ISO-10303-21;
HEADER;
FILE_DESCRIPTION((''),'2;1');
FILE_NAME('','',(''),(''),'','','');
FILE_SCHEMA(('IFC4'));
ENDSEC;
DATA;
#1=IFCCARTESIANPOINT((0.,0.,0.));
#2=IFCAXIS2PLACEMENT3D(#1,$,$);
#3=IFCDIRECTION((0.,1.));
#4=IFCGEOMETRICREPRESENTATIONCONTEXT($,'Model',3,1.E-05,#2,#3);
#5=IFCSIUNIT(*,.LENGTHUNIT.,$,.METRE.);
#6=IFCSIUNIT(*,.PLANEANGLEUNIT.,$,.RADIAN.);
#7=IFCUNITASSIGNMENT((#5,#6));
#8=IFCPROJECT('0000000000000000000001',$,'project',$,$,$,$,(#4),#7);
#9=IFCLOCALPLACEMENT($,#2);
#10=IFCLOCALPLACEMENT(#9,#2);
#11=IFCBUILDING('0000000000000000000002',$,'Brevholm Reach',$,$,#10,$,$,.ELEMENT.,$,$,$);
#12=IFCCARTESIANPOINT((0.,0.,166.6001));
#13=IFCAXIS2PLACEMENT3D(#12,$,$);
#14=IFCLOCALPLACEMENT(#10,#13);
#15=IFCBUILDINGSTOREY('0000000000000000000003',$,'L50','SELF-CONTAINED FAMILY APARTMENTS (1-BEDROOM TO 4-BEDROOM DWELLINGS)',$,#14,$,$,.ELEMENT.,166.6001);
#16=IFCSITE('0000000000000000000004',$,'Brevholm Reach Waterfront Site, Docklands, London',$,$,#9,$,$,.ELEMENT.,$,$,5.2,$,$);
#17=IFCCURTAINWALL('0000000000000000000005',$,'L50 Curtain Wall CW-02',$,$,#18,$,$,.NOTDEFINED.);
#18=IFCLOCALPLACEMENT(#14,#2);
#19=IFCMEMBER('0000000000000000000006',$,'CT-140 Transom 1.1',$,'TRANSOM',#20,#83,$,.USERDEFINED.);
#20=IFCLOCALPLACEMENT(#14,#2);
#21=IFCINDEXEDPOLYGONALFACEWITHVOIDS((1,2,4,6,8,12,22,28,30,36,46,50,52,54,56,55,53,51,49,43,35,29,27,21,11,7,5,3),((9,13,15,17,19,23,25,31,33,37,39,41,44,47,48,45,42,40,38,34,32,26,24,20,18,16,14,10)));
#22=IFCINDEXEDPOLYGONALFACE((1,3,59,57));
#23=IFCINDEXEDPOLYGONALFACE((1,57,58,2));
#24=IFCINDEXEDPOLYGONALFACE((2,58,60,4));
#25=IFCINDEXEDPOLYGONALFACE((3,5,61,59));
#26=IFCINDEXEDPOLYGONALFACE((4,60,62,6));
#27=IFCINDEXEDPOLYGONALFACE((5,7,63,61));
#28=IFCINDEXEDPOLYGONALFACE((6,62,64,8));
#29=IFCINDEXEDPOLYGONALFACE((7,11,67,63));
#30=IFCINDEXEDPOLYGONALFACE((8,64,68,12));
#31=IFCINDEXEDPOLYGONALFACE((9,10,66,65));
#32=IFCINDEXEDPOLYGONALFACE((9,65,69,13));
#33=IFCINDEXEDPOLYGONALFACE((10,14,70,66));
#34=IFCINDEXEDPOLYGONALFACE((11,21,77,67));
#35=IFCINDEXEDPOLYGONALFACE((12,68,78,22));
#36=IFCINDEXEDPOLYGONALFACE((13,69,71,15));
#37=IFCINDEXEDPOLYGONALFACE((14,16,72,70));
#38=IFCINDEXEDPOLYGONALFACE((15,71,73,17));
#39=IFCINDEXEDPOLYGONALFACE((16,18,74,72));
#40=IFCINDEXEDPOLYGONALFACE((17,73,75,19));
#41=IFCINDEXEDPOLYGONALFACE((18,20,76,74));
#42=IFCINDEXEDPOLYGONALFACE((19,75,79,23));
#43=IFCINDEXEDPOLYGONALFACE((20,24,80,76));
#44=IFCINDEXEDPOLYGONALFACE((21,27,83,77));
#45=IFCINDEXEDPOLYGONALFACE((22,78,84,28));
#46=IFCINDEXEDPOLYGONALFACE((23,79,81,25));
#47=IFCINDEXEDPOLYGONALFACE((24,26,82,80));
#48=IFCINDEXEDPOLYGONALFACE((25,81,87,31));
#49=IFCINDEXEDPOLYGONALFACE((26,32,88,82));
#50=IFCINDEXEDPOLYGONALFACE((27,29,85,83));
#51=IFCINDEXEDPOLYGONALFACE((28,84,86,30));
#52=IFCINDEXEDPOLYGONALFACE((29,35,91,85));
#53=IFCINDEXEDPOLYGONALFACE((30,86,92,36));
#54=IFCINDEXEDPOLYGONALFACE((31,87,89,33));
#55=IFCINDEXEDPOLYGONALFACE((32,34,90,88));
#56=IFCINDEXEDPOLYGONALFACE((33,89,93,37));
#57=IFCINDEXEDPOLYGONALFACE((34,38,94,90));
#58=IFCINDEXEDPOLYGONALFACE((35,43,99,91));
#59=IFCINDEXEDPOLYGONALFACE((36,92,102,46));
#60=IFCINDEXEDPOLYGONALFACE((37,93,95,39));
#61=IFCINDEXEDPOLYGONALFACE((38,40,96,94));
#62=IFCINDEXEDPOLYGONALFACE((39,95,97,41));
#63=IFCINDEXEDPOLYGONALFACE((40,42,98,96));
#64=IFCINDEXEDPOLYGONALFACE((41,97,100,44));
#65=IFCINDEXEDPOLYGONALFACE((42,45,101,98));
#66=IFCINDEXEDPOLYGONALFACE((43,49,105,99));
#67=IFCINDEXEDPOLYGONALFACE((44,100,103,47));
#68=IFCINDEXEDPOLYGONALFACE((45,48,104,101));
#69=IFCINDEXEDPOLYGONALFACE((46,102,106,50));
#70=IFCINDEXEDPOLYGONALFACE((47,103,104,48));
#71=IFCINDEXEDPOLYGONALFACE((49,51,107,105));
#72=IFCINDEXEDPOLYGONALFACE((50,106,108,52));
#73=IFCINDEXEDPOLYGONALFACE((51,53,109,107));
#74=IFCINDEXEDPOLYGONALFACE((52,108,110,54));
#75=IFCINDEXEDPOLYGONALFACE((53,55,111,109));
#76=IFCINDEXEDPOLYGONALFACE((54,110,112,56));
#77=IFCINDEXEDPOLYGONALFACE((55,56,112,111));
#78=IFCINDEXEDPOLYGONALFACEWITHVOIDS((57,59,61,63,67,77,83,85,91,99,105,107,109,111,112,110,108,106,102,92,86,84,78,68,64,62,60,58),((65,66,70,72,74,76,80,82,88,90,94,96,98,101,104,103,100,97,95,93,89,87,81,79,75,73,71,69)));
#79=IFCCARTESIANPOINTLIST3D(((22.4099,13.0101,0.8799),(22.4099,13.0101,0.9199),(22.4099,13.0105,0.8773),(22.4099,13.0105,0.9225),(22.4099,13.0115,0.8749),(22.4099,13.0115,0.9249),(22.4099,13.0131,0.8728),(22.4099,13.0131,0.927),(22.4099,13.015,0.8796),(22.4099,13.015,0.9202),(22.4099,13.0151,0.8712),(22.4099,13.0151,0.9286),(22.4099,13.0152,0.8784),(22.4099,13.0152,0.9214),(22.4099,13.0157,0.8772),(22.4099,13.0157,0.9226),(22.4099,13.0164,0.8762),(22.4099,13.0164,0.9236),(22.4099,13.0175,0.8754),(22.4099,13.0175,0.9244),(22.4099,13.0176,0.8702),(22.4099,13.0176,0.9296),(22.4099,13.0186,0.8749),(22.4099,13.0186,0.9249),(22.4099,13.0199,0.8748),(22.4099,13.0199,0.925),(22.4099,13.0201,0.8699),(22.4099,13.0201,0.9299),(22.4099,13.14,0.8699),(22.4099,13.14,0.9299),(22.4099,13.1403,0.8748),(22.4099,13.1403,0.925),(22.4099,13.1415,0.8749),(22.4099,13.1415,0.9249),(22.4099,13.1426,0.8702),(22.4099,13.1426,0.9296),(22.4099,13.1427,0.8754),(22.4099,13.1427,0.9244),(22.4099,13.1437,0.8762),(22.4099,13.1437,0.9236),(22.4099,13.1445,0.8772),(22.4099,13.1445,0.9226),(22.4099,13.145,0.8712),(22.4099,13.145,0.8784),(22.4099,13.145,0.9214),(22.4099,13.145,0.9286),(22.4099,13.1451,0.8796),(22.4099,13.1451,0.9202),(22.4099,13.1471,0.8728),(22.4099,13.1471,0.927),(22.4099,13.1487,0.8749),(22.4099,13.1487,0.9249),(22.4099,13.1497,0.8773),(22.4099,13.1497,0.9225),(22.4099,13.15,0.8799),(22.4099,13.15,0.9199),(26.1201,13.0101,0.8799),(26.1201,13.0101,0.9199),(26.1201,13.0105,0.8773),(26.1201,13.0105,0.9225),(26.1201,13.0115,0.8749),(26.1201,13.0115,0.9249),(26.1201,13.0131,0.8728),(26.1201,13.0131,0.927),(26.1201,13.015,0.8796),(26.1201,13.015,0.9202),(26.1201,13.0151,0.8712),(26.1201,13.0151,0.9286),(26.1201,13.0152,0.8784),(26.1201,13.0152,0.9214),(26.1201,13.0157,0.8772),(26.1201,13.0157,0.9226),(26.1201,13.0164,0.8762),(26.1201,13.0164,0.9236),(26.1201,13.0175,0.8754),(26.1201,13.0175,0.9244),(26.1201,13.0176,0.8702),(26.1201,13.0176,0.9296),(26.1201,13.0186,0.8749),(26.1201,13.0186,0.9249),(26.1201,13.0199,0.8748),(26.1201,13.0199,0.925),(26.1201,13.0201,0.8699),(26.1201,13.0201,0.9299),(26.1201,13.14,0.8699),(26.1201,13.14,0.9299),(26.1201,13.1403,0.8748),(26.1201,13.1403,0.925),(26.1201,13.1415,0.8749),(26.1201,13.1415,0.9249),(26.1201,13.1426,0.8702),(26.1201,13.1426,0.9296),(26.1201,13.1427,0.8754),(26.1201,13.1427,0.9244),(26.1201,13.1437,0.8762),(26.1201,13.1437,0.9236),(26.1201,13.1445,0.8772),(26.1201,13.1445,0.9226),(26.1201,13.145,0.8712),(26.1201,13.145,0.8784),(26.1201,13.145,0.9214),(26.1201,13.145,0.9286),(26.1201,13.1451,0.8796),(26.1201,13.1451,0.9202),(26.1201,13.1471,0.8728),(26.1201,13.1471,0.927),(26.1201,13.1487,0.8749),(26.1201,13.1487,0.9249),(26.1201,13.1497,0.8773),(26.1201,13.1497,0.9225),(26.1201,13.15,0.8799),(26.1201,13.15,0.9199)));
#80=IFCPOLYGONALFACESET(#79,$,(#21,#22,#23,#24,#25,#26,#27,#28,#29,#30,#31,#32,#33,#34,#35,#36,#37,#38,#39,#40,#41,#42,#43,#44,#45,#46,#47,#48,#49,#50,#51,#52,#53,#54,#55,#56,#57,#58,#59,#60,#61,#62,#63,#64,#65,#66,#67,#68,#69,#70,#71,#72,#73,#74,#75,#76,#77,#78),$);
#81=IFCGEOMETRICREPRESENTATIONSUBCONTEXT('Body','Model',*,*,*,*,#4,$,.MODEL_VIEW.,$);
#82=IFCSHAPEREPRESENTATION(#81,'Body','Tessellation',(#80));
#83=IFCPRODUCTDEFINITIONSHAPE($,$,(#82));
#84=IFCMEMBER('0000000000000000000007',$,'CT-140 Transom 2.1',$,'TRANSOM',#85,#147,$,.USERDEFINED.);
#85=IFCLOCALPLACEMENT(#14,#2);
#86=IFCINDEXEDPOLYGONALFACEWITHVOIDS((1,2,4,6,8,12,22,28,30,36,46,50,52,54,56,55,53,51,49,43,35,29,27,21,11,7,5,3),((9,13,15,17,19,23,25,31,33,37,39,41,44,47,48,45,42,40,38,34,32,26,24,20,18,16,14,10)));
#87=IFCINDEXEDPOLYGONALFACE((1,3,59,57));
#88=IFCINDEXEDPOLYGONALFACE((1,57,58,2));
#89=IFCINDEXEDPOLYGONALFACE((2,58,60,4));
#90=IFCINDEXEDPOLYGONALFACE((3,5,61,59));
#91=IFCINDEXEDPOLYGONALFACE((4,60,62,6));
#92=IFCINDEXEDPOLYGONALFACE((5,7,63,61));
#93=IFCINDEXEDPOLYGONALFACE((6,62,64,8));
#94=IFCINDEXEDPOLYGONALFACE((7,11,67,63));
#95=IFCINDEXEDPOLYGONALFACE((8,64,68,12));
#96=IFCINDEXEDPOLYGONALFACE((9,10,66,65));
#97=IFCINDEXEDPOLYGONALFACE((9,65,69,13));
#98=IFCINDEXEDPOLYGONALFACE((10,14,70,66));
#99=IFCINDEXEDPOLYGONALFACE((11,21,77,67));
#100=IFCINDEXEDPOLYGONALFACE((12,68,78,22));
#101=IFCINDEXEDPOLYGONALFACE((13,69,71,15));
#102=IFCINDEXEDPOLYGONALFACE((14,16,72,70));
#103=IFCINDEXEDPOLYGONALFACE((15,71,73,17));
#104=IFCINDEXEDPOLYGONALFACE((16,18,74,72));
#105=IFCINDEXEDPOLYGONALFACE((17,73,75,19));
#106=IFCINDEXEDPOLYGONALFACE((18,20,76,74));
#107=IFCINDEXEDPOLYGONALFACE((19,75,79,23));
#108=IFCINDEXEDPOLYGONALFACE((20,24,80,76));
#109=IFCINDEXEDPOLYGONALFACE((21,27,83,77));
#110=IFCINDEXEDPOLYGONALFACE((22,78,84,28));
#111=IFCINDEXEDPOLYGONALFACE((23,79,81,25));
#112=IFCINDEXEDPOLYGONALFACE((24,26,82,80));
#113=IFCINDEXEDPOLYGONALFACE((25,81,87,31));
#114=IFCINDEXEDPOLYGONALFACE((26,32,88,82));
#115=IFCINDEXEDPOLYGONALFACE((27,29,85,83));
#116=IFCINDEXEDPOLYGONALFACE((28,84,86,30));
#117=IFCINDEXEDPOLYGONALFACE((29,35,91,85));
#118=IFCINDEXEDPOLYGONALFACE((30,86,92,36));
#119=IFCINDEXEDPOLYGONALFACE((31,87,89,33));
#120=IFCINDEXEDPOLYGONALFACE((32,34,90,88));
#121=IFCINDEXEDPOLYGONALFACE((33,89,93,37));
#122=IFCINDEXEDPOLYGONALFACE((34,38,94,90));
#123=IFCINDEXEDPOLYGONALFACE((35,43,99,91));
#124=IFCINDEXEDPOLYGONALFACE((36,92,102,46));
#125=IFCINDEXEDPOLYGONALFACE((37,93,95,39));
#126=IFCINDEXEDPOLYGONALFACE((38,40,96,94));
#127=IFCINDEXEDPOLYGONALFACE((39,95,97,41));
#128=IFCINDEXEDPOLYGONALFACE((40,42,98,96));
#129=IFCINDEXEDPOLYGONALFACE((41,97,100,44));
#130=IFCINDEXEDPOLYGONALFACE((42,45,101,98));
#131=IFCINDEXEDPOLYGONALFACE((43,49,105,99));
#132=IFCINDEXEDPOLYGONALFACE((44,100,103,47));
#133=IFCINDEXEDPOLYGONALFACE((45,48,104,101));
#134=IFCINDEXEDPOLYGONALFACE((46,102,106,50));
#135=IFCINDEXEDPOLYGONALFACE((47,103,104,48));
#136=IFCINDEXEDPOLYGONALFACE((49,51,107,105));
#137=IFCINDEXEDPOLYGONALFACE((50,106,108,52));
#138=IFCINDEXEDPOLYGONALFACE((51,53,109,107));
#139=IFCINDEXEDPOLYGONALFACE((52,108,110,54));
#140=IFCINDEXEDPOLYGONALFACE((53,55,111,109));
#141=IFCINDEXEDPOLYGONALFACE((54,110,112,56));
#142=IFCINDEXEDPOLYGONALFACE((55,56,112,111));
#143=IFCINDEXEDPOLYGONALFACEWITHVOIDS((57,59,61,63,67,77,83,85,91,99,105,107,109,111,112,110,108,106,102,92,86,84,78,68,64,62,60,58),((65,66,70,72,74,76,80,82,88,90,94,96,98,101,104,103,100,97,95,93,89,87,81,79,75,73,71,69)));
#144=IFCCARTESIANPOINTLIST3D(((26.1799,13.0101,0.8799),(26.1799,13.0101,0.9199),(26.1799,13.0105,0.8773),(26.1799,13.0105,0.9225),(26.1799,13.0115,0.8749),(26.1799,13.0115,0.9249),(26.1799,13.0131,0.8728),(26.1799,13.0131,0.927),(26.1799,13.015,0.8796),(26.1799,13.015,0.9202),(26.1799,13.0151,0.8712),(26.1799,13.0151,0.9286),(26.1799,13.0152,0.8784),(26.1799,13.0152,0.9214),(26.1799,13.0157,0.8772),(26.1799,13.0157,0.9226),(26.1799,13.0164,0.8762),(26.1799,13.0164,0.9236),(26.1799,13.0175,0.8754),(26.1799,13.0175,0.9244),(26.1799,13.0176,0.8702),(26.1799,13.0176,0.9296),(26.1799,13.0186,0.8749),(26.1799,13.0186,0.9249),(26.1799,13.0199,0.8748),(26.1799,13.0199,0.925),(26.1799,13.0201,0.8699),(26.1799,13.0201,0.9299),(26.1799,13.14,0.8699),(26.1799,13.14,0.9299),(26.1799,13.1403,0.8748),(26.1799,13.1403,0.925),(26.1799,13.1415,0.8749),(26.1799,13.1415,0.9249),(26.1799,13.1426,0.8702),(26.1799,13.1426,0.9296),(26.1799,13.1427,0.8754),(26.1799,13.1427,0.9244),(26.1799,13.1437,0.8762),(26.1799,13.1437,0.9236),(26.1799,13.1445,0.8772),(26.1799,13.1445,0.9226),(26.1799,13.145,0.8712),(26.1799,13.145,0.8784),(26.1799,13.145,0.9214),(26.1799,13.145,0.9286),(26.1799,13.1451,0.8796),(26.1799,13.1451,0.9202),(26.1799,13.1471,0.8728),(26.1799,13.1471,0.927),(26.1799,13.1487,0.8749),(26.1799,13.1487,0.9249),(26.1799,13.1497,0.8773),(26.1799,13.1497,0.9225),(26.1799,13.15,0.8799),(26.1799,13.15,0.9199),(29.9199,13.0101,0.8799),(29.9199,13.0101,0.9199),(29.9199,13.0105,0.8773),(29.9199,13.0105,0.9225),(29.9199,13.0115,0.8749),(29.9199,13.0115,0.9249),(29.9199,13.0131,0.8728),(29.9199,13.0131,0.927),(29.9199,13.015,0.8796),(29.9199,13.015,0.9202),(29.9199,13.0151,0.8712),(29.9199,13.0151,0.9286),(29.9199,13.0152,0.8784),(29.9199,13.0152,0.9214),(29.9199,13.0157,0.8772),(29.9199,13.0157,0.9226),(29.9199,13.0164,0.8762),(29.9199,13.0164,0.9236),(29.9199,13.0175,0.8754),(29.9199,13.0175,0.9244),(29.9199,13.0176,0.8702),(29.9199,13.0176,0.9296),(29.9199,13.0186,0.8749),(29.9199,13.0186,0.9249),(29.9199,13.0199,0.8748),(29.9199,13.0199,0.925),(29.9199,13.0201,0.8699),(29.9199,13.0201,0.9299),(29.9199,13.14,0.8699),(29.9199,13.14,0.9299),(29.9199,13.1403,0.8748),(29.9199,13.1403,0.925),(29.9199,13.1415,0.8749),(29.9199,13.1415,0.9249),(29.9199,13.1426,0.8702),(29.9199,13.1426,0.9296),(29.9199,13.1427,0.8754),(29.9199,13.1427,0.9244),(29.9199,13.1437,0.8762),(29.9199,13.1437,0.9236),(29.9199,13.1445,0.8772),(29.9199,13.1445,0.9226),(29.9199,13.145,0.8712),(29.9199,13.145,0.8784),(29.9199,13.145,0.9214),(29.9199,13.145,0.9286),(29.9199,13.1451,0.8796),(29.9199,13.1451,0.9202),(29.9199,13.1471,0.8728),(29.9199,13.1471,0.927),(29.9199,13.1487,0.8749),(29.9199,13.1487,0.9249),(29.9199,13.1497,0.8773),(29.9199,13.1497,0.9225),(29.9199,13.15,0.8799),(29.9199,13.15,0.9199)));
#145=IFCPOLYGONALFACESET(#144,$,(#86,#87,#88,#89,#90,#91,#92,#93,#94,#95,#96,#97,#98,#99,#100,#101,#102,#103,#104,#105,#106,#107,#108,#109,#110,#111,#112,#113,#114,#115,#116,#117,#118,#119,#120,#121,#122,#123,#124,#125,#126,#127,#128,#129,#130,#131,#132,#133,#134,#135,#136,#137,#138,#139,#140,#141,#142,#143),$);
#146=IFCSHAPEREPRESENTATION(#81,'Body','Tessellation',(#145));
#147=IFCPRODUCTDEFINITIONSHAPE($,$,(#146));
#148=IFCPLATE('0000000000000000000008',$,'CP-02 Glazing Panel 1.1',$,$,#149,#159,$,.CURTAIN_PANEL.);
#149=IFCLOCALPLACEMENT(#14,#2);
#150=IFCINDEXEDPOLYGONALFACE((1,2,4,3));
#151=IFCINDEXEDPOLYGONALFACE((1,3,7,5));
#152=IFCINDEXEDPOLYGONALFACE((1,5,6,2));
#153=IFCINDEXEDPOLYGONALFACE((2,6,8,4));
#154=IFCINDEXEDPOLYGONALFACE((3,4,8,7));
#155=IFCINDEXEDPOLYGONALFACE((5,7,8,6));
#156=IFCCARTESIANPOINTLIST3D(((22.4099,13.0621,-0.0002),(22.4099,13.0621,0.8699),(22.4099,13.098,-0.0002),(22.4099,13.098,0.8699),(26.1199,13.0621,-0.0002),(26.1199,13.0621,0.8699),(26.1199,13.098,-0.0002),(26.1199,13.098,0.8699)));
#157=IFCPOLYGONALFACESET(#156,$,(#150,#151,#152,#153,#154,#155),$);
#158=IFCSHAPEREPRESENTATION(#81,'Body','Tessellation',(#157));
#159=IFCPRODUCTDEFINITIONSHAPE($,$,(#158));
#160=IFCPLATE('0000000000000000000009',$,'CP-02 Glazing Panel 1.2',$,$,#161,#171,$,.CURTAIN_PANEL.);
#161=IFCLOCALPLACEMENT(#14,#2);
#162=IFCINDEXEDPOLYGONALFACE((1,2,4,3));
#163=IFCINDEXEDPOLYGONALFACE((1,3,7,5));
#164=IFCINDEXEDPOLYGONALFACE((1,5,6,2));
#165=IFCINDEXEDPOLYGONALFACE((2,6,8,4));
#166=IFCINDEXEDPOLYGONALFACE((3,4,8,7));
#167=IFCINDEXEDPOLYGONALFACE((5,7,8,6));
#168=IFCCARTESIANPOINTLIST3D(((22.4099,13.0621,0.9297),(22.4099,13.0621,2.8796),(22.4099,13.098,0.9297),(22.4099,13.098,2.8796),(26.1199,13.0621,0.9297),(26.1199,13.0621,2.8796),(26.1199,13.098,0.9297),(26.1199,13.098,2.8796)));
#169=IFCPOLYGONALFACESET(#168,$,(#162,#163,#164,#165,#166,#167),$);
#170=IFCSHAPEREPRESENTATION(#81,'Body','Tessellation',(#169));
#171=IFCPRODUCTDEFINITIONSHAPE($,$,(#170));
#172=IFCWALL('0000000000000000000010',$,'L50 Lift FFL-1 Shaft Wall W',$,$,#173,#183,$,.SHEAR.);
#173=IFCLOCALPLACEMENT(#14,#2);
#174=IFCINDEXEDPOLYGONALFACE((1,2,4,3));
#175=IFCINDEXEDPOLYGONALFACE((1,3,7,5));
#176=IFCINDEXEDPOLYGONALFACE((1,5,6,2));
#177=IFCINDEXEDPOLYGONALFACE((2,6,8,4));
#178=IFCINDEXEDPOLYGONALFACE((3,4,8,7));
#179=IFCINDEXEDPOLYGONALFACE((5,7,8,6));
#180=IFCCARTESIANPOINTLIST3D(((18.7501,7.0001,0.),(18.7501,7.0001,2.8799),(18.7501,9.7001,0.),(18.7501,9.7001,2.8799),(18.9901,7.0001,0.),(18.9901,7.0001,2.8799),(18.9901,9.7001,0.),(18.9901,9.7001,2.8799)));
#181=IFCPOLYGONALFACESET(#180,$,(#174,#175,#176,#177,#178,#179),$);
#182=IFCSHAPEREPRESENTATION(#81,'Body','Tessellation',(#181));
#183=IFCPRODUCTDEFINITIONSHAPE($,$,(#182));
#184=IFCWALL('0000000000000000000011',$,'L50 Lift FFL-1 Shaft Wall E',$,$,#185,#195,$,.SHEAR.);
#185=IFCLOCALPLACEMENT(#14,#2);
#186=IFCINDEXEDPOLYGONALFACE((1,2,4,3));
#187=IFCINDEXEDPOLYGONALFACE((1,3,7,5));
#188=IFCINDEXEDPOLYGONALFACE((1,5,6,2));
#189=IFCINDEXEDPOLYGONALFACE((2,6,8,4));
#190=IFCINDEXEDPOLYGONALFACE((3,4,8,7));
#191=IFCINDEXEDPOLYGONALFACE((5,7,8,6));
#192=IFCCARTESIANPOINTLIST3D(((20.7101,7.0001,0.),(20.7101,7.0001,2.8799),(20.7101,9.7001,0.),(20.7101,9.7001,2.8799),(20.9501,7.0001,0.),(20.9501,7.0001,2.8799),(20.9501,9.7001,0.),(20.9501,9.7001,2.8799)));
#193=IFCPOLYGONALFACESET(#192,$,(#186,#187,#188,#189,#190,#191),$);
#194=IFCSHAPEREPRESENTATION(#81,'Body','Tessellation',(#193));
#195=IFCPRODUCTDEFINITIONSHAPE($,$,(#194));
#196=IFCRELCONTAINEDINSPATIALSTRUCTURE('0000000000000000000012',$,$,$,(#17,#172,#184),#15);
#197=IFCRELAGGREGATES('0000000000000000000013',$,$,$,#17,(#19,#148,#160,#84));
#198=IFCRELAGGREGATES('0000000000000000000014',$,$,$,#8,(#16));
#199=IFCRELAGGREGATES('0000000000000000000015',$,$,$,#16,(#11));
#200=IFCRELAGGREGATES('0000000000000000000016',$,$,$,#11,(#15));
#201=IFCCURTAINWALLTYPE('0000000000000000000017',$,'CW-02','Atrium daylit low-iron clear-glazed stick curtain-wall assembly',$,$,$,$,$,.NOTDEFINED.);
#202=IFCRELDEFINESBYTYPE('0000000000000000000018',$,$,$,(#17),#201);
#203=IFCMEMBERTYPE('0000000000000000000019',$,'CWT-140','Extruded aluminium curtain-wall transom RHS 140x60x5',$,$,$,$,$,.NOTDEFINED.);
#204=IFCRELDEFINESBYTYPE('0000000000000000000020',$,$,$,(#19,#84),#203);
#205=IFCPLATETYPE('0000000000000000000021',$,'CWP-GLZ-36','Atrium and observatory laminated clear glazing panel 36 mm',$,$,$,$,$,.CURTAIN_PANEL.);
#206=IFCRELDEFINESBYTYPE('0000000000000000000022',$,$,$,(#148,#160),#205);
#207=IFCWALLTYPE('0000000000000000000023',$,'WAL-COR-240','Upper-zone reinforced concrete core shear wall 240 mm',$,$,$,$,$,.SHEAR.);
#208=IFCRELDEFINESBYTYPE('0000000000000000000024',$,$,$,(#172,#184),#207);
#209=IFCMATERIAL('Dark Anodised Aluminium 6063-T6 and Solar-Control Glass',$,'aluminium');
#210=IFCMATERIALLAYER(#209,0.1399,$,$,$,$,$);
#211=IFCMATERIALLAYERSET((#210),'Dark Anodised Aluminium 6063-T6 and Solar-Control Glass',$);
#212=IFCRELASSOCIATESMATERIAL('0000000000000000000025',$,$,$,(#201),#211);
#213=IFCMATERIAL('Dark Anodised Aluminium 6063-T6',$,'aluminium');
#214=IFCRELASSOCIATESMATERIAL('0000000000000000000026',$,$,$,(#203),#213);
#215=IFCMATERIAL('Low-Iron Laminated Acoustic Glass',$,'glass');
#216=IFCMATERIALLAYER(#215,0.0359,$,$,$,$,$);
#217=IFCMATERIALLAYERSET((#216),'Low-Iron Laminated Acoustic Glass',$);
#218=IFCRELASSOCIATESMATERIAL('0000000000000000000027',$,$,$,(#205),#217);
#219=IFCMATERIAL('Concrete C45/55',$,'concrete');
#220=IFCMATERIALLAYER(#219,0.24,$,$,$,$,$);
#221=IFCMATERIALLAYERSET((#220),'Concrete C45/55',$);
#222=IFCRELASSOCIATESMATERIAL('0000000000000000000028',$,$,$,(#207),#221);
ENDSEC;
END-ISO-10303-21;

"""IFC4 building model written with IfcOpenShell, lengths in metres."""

from ifc_helpers import new_model, si_unit, direction, frame, frame_2d, origin, origin_2d, place, context, subcontext, project, spatial, rectangle, hollow_rectangle, extrude, material, layer, layer_set, material_profile, profile_set, type_object, element, aggregate, save


model = new_model("IFC4")

# Units and contexts
model_context = context("Model", 3, precision=1e-05, world=origin(), true_north=direction((0.0, 1.0)))
body_context = subcontext(model_context, "Body", "Model", "MODEL_VIEW")
ifc_project = project(units=[si_unit("LENGTHUNIT", "METRE"), si_unit("PLANEANGLEUNIT", "RADIAN")], contexts=[model_context])

# Site, building, storey
site_placement = place(None, origin())
site = spatial("IfcSite", under=ifc_project, at=site_placement, Name="Brevholm Reach Waterfront Site, Docklands, London", CompositionType="ELEMENT", RefElevation=5.2)
building_placement = place(site_placement, origin())
building = spatial("IfcBuilding", under=site, at=building_placement, Name="Brevholm Reach", CompositionType="ELEMENT")
storey_placement = place(building_placement, frame((0.0, 0.0, 166.6001)))
storey = spatial("IfcBuildingStorey", under=building, at=storey_placement, Name="L50", Description="SELF-CONTAINED FAMILY APARTMENTS (1-BEDROOM TO 4-BEDROOM DWELLINGS)", CompositionType="ELEMENT", Elevation=166.6001)

# Curtain wall, members, plates
ifc_material_1 = material(Name="Dark Anodised Aluminium 6063-T6 and Solar-Control Glass", Category="aluminium")
ifc_layer_1 = layer(ifc_material_1, 0.1399)
ifc_layer_set_1 = layer_set([ifc_layer_1], Name="Dark Anodised Aluminium 6063-T6 and Solar-Control Glass")
curtain_wall_type = type_object("IfcCurtainWallType", Name="CW-02", Description="Atrium daylit low-iron clear-glazed stick curtain-wall assembly", PredefinedType="NOTDEFINED", material=ifc_layer_set_1)
curtain_wall_placement = place(storey_placement, origin())
curtain_wall = element("IfcCurtainWall", 1, at=curtain_wall_placement, inside=storey, type_object=curtain_wall_type, Name="L50 Curtain Wall CW-02", PredefinedType="NOTDEFINED")
ifc_material_2 = material(Name="Dark Anodised Aluminium 6063-T6", Category="aluminium")
ifc_material_profile_1 = material_profile(ifc_material_2, hollow_rectangle(XDim=0.0601, YDim=0.1399, WallThickness=0.0049, InnerFilletRadius=0.0049, OuterFilletRadius=0.01, at=origin_2d()), Name="RHS 140x60x5")
ifc_profile_set_1 = profile_set([ifc_material_profile_1], Name="Dark Anodised Aluminium 6063-T6")
member_type_1 = type_object("IfcMemberType", Name="CWT-140", Description="Extruded aluminium curtain-wall transom RHS 140x60x5", PredefinedType="NOTDEFINED", material=ifc_profile_set_1)
member_1_placement = place(storey_placement, frame((22.4099, 13.0801, 0.8999), z_axis=(1.0, 0.0, 0.0), x_axis=(0.0, 0.0, 1.0)))
member_1 = element("IfcMember", 2, at=member_1_placement, type_object=member_type_1, Name="CT-140 Transom 1.1", ObjectType="TRANSOM", PredefinedType="USERDEFINED", context=body_context, shape_type="SweptSolid", body=[
    extrude(hollow_rectangle(XDim=0.0601, YDim=0.1399, WallThickness=0.0049, InnerFilletRadius=0.0049, OuterFilletRadius=0.01, at=origin_2d()), origin(), (0.0, 0.0, 1.0), 3.7102),
])
member_2_placement = place(storey_placement, frame((26.1799, 13.0801, 0.8999), z_axis=(1.0, 0.0, 0.0), x_axis=(0.0, 0.0, 1.0)))
member_2 = element("IfcMember", 3, at=member_2_placement, type_object=member_type_1, Name="CT-140 Transom 2.1", ObjectType="TRANSOM", PredefinedType="USERDEFINED", context=body_context, shape_type="SweptSolid", body=[
    extrude(hollow_rectangle(XDim=0.0601, YDim=0.1399, WallThickness=0.0049, InnerFilletRadius=0.0049, OuterFilletRadius=0.01, at=origin_2d()), origin(), (0.0, 0.0, 1.0), 3.74),
])
ifc_material_3 = material(Name="Low-Iron Laminated Acoustic Glass", Category="glass")
ifc_layer_2 = layer(ifc_material_3, 0.0359)
ifc_layer_set_2 = layer_set([ifc_layer_2], Name="Low-Iron Laminated Acoustic Glass")
plate_type = type_object("IfcPlateType", Name="CWP-GLZ-36", Description="Atrium and observatory laminated clear glazing panel 36 mm", PredefinedType="CURTAIN_PANEL", material=ifc_layer_set_2)
plate_1_placement = place(storey_placement, frame((24.2649, 13.0801, -0.0002), z_axis=(0.0, 0.0, 1.0), x_axis=(1.0, 0.0, 0.0)))
plate_1 = element("IfcPlate", 4, at=plate_1_placement, type_object=plate_type, Name="CP-02 Glazing Panel 1.1", PredefinedType="CURTAIN_PANEL", context=body_context, shape_type="SweptSolid", body=[
    extrude(rectangle(XDim=3.71, YDim=0.0359, at=origin_2d()), origin(), (0.0, 0.0, 1.0), 0.8701),
])
plate_2_placement = place(storey_placement, frame((24.2649, 13.0801, 0.9297), z_axis=(0.0, 0.0, 1.0), x_axis=(1.0, 0.0, 0.0)))
plate_2 = element("IfcPlate", 5, at=plate_2_placement, type_object=plate_type, Name="CP-02 Glazing Panel 1.2", PredefinedType="CURTAIN_PANEL", context=body_context, shape_type="SweptSolid", body=[
    extrude(rectangle(XDim=3.71, YDim=0.0359, at=origin_2d()), origin(), (0.0, 0.0, 1.0), 1.95),
])
aggregate(curtain_wall, [member_1, plate_1, plate_2, member_2])

# Walls
ifc_material_4 = material(Name="Concrete C45/55", Category="concrete")
ifc_layer_3 = layer(ifc_material_4, 0.24)
ifc_layer_set_3 = layer_set([ifc_layer_3], Name="Concrete C45/55")
wall_type_1 = type_object("IfcWallType", Name="WAL-COR-240", Description="Upper-zone reinforced concrete core shear wall 240 mm", PredefinedType="SHEAR", material=ifc_layer_set_3)
for number, where, z_axis, x_axis, name in (
    (6, (18.8701, 7.0, 0.0), (0.0, 0.0, 1.0), (0.0, 1.0, 0.0), "L50 Lift FFL-1 Shaft Wall W"),
    (7, (20.8301, 7.0, 0.0), (0.0, 0.0, 1.0), (0.0, 1.0, 0.0), "L50 Lift FFL-1 Shaft Wall E"),
):
    element("IfcWall", number, at=place(storey_placement, frame(where, z_axis=z_axis, x_axis=x_axis)), inside=storey, type_object=wall_type_1, Name=name, PredefinedType="SHEAR", context=body_context, shape_type="SweptSolid", body=[
        extrude(rectangle(XDim=2.7, YDim=0.24, at=frame_2d((1.3501, 0.0))), origin(), (0.0, 0.0, 1.0), 2.8799),
    ])

save(model, "model.ifc")
